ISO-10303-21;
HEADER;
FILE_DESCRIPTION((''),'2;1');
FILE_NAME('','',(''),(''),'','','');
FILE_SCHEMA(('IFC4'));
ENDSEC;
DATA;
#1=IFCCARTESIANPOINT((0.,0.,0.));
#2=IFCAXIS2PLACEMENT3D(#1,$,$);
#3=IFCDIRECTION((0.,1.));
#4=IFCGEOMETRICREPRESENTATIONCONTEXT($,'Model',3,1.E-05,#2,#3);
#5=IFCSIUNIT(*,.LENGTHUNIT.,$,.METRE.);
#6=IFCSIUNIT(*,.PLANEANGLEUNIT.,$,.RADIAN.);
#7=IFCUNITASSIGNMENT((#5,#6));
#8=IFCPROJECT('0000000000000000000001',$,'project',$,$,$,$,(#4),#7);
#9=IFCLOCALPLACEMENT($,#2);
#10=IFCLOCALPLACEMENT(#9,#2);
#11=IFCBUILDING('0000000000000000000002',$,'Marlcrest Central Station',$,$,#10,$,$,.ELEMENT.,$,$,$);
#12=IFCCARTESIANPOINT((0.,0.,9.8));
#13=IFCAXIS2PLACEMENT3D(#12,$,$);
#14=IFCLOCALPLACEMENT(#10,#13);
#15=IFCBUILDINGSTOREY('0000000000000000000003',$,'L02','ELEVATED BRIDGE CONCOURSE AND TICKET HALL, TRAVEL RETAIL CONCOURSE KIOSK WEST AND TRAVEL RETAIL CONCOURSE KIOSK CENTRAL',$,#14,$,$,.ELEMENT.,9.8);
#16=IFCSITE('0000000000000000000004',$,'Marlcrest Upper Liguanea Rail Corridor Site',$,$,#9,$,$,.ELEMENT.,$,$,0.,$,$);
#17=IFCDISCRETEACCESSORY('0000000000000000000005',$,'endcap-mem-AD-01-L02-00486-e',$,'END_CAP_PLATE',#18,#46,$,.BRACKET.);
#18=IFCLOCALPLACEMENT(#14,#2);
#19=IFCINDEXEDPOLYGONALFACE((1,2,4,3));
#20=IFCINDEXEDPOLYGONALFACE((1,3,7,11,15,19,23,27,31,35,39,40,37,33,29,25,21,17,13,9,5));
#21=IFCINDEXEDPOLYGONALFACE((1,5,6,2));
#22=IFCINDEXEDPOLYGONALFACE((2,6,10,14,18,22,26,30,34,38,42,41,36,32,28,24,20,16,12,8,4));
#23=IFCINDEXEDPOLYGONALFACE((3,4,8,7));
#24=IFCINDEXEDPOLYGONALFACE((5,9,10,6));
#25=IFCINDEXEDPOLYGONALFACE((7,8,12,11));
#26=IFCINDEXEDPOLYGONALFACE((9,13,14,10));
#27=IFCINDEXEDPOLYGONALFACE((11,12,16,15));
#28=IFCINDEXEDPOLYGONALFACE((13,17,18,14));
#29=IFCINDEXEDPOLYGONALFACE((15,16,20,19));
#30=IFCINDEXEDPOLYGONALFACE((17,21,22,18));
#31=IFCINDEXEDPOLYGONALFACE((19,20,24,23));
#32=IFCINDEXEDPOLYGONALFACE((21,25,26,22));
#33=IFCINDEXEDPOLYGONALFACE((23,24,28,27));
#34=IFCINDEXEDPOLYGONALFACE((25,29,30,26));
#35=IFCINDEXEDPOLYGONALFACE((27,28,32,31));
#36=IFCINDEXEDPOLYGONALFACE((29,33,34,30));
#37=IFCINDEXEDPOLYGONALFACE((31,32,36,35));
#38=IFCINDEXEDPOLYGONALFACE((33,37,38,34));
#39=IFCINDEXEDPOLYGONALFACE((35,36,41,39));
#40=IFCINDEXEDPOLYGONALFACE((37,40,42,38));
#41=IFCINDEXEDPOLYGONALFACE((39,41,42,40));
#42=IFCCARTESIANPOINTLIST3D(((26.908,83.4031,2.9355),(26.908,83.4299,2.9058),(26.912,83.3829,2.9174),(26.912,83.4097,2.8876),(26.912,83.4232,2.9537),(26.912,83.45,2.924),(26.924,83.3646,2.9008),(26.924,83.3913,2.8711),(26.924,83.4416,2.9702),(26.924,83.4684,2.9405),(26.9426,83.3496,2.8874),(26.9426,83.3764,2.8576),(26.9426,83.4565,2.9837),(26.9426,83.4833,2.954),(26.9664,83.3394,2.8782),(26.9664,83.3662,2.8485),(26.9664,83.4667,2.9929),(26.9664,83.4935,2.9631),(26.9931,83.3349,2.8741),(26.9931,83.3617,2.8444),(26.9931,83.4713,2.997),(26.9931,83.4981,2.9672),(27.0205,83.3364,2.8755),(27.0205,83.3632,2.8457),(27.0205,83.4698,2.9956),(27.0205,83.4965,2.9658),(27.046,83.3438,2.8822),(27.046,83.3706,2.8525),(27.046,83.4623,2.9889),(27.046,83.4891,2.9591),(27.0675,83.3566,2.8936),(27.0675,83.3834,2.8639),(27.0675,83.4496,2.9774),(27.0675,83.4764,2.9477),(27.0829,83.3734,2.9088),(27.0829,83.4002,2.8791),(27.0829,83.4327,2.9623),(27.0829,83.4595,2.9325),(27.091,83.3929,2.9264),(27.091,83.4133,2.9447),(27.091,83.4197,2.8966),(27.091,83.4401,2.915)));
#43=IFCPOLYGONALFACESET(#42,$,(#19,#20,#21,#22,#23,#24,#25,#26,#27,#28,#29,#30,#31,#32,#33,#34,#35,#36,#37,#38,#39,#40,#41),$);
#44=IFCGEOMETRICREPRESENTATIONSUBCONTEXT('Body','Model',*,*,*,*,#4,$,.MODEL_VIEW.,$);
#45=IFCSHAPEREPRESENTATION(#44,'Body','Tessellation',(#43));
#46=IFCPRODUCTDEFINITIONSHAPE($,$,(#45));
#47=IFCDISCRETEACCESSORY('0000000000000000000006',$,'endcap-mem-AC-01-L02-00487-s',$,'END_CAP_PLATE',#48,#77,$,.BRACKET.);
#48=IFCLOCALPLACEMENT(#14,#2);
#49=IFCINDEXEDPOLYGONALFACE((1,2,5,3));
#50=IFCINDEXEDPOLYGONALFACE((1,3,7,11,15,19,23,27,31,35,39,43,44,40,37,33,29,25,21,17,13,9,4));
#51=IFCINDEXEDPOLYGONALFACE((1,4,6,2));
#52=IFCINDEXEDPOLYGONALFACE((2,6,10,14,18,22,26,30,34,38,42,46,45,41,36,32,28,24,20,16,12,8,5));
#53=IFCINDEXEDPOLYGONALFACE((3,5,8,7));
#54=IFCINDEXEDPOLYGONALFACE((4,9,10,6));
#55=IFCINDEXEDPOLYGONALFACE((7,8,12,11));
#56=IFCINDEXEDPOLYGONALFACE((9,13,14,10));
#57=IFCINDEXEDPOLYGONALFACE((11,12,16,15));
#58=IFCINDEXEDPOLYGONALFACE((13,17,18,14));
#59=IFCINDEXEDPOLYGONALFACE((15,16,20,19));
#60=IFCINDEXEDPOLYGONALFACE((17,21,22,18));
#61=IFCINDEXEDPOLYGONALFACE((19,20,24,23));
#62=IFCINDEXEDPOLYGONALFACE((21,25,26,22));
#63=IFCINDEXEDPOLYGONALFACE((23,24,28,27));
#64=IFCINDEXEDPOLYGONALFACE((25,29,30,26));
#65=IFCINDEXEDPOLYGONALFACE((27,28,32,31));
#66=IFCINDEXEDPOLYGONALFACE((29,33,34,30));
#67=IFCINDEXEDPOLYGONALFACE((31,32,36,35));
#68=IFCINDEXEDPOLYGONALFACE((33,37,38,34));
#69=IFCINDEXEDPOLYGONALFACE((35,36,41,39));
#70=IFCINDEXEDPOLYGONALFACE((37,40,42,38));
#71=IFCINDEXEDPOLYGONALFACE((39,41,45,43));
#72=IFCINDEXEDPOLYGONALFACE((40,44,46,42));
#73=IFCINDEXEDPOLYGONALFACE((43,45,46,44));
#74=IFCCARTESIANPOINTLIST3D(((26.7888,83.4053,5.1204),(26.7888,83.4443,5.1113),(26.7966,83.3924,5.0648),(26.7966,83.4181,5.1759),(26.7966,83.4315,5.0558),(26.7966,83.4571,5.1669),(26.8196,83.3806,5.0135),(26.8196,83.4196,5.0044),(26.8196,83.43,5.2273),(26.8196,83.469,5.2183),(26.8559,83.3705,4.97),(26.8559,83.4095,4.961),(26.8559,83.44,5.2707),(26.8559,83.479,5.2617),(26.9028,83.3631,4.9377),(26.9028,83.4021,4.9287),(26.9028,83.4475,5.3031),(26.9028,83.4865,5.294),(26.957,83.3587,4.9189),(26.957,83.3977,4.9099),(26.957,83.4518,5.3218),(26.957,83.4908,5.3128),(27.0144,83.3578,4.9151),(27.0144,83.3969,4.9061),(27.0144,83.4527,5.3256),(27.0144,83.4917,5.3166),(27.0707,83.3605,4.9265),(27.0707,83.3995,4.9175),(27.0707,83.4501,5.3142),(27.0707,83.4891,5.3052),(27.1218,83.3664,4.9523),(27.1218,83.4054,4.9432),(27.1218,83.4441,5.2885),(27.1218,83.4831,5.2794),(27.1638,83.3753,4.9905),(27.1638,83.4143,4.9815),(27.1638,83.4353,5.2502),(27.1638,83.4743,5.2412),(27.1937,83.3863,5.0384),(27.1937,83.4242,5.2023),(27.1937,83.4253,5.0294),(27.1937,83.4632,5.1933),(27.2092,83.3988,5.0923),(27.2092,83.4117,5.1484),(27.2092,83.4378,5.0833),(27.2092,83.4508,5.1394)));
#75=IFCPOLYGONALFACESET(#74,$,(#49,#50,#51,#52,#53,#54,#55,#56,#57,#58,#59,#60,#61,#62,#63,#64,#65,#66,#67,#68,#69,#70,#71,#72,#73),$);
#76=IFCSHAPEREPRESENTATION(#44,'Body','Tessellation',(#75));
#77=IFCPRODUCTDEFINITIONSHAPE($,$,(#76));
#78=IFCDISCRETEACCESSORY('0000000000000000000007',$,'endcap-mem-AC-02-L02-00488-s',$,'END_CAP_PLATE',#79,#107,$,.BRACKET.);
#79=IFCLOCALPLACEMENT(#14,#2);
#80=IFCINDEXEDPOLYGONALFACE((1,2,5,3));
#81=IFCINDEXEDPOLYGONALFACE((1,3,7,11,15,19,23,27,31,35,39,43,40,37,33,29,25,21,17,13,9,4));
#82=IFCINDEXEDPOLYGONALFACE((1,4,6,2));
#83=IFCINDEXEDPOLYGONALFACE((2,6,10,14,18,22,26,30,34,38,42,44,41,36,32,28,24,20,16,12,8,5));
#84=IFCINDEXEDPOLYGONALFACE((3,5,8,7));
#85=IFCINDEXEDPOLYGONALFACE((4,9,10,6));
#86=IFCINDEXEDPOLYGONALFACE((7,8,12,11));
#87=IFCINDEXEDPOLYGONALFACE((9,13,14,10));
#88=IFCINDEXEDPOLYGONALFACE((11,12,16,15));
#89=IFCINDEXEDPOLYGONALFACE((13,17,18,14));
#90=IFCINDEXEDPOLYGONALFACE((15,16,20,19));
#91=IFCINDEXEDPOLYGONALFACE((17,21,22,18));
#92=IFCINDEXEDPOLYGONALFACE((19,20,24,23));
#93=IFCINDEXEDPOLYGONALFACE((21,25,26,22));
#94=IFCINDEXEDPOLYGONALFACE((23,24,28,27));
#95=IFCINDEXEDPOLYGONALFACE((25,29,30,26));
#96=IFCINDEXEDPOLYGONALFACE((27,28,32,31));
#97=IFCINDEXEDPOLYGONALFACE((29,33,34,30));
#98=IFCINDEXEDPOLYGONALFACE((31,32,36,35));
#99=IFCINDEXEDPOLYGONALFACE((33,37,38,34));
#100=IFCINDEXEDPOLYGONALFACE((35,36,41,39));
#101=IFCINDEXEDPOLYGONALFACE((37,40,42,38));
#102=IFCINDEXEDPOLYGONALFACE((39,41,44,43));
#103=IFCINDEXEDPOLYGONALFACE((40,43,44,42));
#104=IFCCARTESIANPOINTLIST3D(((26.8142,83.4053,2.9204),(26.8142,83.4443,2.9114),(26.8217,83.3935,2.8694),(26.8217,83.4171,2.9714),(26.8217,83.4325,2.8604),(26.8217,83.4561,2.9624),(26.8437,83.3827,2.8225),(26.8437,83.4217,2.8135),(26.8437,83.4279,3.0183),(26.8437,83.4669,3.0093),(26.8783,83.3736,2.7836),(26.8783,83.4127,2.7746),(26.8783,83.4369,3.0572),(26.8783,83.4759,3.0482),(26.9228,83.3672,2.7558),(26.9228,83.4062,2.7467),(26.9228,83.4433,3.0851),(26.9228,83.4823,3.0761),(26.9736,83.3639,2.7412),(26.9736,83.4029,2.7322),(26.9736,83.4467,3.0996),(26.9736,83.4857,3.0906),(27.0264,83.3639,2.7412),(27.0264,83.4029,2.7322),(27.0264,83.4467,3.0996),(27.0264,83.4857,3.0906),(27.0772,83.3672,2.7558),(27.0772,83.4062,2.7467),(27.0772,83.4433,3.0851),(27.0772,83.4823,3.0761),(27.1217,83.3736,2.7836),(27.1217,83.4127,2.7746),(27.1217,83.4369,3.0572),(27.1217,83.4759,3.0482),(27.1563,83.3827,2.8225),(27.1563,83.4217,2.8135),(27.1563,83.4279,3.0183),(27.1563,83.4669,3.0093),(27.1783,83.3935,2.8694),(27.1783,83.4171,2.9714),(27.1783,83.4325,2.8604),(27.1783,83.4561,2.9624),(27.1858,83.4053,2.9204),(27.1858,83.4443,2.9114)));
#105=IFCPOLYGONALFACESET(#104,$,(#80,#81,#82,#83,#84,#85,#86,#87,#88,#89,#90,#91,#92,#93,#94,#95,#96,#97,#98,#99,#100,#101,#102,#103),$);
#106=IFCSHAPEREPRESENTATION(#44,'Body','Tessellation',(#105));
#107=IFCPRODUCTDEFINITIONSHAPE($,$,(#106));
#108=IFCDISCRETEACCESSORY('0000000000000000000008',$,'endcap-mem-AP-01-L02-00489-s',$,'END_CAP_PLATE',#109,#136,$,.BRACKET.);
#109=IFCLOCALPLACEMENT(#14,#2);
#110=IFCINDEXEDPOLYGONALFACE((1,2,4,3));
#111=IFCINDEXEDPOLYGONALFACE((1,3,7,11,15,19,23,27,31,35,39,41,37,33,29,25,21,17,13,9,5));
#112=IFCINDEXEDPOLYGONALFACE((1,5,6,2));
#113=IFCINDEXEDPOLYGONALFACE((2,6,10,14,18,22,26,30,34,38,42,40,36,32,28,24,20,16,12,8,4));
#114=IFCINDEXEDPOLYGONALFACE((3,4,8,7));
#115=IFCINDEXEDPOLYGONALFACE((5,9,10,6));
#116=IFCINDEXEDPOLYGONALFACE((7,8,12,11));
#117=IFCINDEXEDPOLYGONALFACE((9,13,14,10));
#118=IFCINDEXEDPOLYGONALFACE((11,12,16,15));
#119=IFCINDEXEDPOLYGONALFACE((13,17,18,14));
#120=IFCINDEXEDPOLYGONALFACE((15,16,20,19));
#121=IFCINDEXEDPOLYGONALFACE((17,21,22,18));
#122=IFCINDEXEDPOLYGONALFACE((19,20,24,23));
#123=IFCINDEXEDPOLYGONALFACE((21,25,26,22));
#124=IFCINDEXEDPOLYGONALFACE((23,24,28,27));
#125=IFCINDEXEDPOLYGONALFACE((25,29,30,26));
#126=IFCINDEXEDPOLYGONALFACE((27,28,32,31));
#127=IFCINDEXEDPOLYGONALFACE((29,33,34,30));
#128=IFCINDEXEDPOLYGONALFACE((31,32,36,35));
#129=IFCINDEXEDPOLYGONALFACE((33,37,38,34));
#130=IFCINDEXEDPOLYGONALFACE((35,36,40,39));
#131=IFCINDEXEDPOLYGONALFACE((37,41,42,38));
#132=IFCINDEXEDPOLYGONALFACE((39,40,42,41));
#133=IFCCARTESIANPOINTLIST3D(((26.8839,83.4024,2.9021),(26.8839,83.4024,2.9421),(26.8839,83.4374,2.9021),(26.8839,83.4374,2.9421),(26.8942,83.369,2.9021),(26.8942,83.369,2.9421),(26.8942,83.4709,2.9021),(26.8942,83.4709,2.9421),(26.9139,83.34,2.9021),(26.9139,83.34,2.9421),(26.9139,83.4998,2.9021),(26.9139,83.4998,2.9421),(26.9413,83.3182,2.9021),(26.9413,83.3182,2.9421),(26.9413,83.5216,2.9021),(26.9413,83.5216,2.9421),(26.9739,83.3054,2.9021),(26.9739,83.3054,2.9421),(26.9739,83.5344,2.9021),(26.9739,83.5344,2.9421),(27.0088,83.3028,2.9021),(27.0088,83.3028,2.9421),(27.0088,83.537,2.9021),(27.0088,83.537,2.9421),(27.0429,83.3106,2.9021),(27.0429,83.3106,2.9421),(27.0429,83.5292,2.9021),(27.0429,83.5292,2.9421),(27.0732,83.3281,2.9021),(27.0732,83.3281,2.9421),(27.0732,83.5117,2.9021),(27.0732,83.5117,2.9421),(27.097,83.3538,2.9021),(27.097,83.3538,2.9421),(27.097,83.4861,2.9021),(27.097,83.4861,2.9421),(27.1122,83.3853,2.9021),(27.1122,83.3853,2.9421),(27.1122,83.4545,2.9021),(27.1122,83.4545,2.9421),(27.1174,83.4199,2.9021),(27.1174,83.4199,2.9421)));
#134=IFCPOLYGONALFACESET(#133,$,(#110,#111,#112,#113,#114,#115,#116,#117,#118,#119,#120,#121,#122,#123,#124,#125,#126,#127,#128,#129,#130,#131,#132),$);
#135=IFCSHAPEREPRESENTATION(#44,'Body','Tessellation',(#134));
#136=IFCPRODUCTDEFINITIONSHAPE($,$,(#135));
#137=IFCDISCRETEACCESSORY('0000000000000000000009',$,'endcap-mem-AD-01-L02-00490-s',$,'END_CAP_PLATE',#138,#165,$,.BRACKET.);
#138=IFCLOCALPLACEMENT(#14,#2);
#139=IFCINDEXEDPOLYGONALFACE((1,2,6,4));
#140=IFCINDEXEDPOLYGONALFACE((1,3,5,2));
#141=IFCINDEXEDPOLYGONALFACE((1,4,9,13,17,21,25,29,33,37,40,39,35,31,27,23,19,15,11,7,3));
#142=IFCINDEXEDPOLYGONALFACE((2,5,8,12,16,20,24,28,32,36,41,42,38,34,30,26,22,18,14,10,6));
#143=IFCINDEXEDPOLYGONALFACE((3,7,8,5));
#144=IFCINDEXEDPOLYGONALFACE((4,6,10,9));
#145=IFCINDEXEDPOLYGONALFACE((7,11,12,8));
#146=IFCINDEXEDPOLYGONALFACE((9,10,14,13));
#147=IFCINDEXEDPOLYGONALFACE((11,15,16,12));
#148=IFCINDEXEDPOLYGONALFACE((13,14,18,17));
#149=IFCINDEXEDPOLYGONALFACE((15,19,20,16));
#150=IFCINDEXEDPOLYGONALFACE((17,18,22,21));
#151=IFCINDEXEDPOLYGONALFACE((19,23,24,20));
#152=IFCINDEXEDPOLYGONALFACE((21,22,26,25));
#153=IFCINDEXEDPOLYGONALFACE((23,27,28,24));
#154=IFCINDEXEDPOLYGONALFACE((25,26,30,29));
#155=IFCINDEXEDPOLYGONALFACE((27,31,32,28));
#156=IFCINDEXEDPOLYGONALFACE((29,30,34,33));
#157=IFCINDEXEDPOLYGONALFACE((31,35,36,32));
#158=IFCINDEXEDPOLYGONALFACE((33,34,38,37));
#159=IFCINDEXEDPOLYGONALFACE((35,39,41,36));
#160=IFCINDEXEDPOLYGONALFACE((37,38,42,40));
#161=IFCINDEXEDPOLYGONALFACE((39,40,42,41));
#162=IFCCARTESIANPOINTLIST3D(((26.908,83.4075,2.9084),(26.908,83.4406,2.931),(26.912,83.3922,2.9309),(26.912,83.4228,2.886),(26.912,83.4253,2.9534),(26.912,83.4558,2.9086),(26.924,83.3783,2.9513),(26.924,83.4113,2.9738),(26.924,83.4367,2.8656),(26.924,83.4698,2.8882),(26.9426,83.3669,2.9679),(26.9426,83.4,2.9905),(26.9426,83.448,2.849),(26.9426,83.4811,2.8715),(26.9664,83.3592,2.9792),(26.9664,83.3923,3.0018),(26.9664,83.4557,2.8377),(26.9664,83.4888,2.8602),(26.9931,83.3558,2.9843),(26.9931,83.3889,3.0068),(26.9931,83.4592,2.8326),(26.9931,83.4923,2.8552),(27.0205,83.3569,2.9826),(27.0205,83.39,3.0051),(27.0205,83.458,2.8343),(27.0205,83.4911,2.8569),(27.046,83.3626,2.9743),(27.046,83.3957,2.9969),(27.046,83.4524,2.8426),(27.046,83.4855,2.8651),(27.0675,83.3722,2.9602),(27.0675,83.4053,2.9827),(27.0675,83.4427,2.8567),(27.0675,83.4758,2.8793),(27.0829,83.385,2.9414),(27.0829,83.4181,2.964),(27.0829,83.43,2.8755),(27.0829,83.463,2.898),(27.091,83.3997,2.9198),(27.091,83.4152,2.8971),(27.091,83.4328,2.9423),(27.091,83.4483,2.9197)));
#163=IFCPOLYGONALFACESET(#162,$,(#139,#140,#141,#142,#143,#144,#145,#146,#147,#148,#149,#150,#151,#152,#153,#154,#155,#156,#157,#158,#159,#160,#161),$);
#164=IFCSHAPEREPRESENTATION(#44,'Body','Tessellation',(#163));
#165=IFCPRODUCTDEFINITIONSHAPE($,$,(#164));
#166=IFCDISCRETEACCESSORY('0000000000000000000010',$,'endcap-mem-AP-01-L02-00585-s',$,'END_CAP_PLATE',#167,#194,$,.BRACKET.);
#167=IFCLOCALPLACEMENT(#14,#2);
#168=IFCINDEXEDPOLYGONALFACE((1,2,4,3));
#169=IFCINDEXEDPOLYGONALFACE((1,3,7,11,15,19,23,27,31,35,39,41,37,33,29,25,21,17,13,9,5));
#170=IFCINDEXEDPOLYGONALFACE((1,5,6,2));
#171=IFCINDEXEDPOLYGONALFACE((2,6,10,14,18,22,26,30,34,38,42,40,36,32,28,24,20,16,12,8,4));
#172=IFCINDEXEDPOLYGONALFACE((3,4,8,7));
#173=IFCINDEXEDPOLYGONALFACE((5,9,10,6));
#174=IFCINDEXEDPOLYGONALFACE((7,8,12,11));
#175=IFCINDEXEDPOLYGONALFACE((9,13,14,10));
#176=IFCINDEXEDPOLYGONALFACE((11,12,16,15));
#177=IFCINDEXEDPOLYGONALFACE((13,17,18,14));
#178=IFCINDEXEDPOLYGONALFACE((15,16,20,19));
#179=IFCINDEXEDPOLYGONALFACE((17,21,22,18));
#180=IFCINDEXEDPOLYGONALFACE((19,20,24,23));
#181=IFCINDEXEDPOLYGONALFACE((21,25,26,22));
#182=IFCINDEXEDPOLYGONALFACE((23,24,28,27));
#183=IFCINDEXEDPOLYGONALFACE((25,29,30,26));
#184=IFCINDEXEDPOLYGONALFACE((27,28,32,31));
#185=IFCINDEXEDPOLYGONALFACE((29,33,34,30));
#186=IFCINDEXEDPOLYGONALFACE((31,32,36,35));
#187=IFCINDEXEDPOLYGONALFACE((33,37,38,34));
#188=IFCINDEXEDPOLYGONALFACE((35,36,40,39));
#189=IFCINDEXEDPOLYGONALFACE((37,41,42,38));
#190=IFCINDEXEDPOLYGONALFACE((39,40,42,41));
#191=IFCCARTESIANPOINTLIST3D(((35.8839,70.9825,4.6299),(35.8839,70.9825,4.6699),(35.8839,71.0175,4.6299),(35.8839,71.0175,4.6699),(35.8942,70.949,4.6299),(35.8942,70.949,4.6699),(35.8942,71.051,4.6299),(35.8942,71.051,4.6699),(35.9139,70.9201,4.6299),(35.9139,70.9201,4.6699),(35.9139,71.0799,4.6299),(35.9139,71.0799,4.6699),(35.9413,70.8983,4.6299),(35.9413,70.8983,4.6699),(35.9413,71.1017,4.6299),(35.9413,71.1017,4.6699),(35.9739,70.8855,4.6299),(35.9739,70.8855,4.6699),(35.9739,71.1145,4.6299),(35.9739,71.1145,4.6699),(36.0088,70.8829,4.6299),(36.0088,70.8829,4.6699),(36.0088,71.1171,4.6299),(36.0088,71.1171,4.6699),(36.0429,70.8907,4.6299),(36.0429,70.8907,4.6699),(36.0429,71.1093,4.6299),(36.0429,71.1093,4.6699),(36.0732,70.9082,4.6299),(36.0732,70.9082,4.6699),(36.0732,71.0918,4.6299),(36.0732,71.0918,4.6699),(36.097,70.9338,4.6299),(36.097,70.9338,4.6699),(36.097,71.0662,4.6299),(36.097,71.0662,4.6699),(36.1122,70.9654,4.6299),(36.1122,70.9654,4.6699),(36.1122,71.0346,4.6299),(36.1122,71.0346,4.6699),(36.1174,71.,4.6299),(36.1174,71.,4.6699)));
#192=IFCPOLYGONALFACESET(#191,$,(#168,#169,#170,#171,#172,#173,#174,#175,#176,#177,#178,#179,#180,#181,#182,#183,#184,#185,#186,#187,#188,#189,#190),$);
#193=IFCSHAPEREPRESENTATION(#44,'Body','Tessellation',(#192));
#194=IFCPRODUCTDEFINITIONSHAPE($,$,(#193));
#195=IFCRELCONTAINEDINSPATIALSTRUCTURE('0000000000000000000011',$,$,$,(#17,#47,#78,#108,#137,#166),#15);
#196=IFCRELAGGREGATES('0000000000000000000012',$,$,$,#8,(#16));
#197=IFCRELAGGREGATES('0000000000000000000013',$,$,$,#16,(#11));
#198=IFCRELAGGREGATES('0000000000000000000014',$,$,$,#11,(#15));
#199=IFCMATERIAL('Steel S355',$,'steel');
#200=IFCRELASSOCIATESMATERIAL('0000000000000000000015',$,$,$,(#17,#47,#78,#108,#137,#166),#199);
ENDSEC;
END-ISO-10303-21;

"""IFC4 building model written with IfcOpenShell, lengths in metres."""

from ifc_helpers import new_model, si_unit, direction, frame, origin, origin_2d, place, context, subcontext, project, spatial, circle, extrude, material, element, save


model = new_model("IFC4")

# Units and contexts
model_context = context("Model", 3, precision=1e-05, world=origin(), true_north=direction((0.0, 1.0)))
body_context = subcontext(model_context, "Body", "Model", "MODEL_VIEW")
ifc_project = project(units=[si_unit("LENGTHUNIT", "METRE"), si_unit("PLANEANGLEUNIT", "RADIAN")], contexts=[model_context])

# Site, building, storey
site_placement = place(None, origin())
site = spatial("IfcSite", under=ifc_project, at=site_placement, Name="Marlcrest Upper Liguanea Rail Corridor Site", CompositionType="ELEMENT", RefElevation=0.0)
building_placement = place(site_placement, origin())
building = spatial("IfcBuilding", under=site, at=building_placement, Name="Marlcrest Central Station", CompositionType="ELEMENT")
storey_placement = place(building_placement, frame((0.0, 0.0, 9.8)))
storey = spatial("IfcBuildingStorey", under=building, at=storey_placement, Name="L02", Description="ELEVATED BRIDGE CONCOURSE AND TICKET HALL, TRAVEL RETAIL CONCOURSE KIOSK WEST AND TRAVEL RETAIL CONCOURSE KIOSK CENTRAL", CompositionType="ELEMENT", Elevation=9.8)

# Shared definitions
ifc_material_1 = material(Name="Steel S355", Category="steel")

# Discrete accessories
for number, where, z_axis, x_axis, name in (
    (1, (27.0, 83.4031, 2.9355), (0.0, 0.669244, -0.743042), (-1.0, 0.0, 0.0), "endcap-mem-AD-01-L02-00486-e"),
):
    element("IfcDiscreteAccessory", number, at=place(storey_placement, frame(where, z_axis=z_axis, x_axis=x_axis)), inside=storey, material=ifc_material_1, Name=name, ObjectType="END_CAP_PLATE", PredefinedType="BRACKET", context=body_context, shape_type="SweptSolid", body=[
        extrude(circle(Radius=0.092, at=origin_2d()), origin(), (0.0, 0.0, 1.0), 0.04),
    ])
discrete_accessory_1_placement = place(storey_placement, frame((27.0, 83.4053, 5.1204), z_axis=(0.0, 0.97433, -0.225126), x_axis=(-1.0, 0.0, 0.0)))
element("IfcDiscreteAccessory", 2, at=discrete_accessory_1_placement, inside=storey, material=ifc_material_1, Name="endcap-mem-AC-01-L02-00487-s", ObjectType="END_CAP_PLATE", PredefinedType="BRACKET", context=body_context, shape_type="SweptSolid", body=[
    extrude(circle(Radius=0.2112, at=origin_2d()), origin(), (0.0, 0.0, 1.0), 0.04),
])
discrete_accessory_2_placement = place(storey_placement, frame((27.0, 83.4053, 2.9204), z_axis=(0.0, 0.974308, -0.22522), x_axis=(-1.0, 0.0, 0.0)))
element("IfcDiscreteAccessory", 3, at=discrete_accessory_2_placement, inside=storey, material=ifc_material_1, Name="endcap-mem-AC-02-L02-00488-s", ObjectType="END_CAP_PLATE", PredefinedType="BRACKET", context=body_context, shape_type="SweptSolid", body=[
    extrude(circle(Radius=0.1858, at=origin_2d()), origin(), (0.0, 0.0, 1.0), 0.04),
])
discrete_accessory_3_placement = place(storey_placement, frame((27.0, 83.4199, 2.9021), z_axis=(0.0, 0.0, 1.0), x_axis=(1.0, 0.0, 0.0)))
element("IfcDiscreteAccessory", 4, at=discrete_accessory_3_placement, inside=storey, material=ifc_material_1, Name="endcap-mem-AP-01-L02-00489-s", ObjectType="END_CAP_PLATE", PredefinedType="BRACKET", context=body_context, shape_type="SweptSolid", body=[
    extrude(circle(Radius=0.1174, at=origin_2d()), origin(), (0.0, 0.0, 1.0), 0.04),
])
discrete_accessory_4_placement = place(storey_placement, frame((27.0, 83.4075, 2.9084), z_axis=(0.0, 0.826263, 0.563285), x_axis=(-1.0, 0.0, 0.0)))
element("IfcDiscreteAccessory", 5, at=discrete_accessory_4_placement, inside=storey, material=ifc_material_1, Name="endcap-mem-AD-01-L02-00490-s", ObjectType="END_CAP_PLATE", PredefinedType="BRACKET", context=body_context, shape_type="SweptSolid", body=[
    extrude(circle(Radius=0.092, at=origin_2d()), origin(), (0.0, 0.0, 1.0), 0.04),
])
discrete_accessory_5_placement = place(storey_placement, frame((36.0, 71.0, 4.6299), z_axis=(0.0, 0.0, 1.0), x_axis=(1.0, 0.0, 0.0)))
element("IfcDiscreteAccessory", 6, at=discrete_accessory_5_placement, inside=storey, material=ifc_material_1, Name="endcap-mem-AP-01-L02-00585-s", ObjectType="END_CAP_PLATE", PredefinedType="BRACKET", context=body_context, shape_type="SweptSolid", body=[
    extrude(circle(Radius=0.1174, at=origin_2d()), origin(), (0.0, 0.0, 1.0), 0.04),
])

save(model, "model.ifc")
